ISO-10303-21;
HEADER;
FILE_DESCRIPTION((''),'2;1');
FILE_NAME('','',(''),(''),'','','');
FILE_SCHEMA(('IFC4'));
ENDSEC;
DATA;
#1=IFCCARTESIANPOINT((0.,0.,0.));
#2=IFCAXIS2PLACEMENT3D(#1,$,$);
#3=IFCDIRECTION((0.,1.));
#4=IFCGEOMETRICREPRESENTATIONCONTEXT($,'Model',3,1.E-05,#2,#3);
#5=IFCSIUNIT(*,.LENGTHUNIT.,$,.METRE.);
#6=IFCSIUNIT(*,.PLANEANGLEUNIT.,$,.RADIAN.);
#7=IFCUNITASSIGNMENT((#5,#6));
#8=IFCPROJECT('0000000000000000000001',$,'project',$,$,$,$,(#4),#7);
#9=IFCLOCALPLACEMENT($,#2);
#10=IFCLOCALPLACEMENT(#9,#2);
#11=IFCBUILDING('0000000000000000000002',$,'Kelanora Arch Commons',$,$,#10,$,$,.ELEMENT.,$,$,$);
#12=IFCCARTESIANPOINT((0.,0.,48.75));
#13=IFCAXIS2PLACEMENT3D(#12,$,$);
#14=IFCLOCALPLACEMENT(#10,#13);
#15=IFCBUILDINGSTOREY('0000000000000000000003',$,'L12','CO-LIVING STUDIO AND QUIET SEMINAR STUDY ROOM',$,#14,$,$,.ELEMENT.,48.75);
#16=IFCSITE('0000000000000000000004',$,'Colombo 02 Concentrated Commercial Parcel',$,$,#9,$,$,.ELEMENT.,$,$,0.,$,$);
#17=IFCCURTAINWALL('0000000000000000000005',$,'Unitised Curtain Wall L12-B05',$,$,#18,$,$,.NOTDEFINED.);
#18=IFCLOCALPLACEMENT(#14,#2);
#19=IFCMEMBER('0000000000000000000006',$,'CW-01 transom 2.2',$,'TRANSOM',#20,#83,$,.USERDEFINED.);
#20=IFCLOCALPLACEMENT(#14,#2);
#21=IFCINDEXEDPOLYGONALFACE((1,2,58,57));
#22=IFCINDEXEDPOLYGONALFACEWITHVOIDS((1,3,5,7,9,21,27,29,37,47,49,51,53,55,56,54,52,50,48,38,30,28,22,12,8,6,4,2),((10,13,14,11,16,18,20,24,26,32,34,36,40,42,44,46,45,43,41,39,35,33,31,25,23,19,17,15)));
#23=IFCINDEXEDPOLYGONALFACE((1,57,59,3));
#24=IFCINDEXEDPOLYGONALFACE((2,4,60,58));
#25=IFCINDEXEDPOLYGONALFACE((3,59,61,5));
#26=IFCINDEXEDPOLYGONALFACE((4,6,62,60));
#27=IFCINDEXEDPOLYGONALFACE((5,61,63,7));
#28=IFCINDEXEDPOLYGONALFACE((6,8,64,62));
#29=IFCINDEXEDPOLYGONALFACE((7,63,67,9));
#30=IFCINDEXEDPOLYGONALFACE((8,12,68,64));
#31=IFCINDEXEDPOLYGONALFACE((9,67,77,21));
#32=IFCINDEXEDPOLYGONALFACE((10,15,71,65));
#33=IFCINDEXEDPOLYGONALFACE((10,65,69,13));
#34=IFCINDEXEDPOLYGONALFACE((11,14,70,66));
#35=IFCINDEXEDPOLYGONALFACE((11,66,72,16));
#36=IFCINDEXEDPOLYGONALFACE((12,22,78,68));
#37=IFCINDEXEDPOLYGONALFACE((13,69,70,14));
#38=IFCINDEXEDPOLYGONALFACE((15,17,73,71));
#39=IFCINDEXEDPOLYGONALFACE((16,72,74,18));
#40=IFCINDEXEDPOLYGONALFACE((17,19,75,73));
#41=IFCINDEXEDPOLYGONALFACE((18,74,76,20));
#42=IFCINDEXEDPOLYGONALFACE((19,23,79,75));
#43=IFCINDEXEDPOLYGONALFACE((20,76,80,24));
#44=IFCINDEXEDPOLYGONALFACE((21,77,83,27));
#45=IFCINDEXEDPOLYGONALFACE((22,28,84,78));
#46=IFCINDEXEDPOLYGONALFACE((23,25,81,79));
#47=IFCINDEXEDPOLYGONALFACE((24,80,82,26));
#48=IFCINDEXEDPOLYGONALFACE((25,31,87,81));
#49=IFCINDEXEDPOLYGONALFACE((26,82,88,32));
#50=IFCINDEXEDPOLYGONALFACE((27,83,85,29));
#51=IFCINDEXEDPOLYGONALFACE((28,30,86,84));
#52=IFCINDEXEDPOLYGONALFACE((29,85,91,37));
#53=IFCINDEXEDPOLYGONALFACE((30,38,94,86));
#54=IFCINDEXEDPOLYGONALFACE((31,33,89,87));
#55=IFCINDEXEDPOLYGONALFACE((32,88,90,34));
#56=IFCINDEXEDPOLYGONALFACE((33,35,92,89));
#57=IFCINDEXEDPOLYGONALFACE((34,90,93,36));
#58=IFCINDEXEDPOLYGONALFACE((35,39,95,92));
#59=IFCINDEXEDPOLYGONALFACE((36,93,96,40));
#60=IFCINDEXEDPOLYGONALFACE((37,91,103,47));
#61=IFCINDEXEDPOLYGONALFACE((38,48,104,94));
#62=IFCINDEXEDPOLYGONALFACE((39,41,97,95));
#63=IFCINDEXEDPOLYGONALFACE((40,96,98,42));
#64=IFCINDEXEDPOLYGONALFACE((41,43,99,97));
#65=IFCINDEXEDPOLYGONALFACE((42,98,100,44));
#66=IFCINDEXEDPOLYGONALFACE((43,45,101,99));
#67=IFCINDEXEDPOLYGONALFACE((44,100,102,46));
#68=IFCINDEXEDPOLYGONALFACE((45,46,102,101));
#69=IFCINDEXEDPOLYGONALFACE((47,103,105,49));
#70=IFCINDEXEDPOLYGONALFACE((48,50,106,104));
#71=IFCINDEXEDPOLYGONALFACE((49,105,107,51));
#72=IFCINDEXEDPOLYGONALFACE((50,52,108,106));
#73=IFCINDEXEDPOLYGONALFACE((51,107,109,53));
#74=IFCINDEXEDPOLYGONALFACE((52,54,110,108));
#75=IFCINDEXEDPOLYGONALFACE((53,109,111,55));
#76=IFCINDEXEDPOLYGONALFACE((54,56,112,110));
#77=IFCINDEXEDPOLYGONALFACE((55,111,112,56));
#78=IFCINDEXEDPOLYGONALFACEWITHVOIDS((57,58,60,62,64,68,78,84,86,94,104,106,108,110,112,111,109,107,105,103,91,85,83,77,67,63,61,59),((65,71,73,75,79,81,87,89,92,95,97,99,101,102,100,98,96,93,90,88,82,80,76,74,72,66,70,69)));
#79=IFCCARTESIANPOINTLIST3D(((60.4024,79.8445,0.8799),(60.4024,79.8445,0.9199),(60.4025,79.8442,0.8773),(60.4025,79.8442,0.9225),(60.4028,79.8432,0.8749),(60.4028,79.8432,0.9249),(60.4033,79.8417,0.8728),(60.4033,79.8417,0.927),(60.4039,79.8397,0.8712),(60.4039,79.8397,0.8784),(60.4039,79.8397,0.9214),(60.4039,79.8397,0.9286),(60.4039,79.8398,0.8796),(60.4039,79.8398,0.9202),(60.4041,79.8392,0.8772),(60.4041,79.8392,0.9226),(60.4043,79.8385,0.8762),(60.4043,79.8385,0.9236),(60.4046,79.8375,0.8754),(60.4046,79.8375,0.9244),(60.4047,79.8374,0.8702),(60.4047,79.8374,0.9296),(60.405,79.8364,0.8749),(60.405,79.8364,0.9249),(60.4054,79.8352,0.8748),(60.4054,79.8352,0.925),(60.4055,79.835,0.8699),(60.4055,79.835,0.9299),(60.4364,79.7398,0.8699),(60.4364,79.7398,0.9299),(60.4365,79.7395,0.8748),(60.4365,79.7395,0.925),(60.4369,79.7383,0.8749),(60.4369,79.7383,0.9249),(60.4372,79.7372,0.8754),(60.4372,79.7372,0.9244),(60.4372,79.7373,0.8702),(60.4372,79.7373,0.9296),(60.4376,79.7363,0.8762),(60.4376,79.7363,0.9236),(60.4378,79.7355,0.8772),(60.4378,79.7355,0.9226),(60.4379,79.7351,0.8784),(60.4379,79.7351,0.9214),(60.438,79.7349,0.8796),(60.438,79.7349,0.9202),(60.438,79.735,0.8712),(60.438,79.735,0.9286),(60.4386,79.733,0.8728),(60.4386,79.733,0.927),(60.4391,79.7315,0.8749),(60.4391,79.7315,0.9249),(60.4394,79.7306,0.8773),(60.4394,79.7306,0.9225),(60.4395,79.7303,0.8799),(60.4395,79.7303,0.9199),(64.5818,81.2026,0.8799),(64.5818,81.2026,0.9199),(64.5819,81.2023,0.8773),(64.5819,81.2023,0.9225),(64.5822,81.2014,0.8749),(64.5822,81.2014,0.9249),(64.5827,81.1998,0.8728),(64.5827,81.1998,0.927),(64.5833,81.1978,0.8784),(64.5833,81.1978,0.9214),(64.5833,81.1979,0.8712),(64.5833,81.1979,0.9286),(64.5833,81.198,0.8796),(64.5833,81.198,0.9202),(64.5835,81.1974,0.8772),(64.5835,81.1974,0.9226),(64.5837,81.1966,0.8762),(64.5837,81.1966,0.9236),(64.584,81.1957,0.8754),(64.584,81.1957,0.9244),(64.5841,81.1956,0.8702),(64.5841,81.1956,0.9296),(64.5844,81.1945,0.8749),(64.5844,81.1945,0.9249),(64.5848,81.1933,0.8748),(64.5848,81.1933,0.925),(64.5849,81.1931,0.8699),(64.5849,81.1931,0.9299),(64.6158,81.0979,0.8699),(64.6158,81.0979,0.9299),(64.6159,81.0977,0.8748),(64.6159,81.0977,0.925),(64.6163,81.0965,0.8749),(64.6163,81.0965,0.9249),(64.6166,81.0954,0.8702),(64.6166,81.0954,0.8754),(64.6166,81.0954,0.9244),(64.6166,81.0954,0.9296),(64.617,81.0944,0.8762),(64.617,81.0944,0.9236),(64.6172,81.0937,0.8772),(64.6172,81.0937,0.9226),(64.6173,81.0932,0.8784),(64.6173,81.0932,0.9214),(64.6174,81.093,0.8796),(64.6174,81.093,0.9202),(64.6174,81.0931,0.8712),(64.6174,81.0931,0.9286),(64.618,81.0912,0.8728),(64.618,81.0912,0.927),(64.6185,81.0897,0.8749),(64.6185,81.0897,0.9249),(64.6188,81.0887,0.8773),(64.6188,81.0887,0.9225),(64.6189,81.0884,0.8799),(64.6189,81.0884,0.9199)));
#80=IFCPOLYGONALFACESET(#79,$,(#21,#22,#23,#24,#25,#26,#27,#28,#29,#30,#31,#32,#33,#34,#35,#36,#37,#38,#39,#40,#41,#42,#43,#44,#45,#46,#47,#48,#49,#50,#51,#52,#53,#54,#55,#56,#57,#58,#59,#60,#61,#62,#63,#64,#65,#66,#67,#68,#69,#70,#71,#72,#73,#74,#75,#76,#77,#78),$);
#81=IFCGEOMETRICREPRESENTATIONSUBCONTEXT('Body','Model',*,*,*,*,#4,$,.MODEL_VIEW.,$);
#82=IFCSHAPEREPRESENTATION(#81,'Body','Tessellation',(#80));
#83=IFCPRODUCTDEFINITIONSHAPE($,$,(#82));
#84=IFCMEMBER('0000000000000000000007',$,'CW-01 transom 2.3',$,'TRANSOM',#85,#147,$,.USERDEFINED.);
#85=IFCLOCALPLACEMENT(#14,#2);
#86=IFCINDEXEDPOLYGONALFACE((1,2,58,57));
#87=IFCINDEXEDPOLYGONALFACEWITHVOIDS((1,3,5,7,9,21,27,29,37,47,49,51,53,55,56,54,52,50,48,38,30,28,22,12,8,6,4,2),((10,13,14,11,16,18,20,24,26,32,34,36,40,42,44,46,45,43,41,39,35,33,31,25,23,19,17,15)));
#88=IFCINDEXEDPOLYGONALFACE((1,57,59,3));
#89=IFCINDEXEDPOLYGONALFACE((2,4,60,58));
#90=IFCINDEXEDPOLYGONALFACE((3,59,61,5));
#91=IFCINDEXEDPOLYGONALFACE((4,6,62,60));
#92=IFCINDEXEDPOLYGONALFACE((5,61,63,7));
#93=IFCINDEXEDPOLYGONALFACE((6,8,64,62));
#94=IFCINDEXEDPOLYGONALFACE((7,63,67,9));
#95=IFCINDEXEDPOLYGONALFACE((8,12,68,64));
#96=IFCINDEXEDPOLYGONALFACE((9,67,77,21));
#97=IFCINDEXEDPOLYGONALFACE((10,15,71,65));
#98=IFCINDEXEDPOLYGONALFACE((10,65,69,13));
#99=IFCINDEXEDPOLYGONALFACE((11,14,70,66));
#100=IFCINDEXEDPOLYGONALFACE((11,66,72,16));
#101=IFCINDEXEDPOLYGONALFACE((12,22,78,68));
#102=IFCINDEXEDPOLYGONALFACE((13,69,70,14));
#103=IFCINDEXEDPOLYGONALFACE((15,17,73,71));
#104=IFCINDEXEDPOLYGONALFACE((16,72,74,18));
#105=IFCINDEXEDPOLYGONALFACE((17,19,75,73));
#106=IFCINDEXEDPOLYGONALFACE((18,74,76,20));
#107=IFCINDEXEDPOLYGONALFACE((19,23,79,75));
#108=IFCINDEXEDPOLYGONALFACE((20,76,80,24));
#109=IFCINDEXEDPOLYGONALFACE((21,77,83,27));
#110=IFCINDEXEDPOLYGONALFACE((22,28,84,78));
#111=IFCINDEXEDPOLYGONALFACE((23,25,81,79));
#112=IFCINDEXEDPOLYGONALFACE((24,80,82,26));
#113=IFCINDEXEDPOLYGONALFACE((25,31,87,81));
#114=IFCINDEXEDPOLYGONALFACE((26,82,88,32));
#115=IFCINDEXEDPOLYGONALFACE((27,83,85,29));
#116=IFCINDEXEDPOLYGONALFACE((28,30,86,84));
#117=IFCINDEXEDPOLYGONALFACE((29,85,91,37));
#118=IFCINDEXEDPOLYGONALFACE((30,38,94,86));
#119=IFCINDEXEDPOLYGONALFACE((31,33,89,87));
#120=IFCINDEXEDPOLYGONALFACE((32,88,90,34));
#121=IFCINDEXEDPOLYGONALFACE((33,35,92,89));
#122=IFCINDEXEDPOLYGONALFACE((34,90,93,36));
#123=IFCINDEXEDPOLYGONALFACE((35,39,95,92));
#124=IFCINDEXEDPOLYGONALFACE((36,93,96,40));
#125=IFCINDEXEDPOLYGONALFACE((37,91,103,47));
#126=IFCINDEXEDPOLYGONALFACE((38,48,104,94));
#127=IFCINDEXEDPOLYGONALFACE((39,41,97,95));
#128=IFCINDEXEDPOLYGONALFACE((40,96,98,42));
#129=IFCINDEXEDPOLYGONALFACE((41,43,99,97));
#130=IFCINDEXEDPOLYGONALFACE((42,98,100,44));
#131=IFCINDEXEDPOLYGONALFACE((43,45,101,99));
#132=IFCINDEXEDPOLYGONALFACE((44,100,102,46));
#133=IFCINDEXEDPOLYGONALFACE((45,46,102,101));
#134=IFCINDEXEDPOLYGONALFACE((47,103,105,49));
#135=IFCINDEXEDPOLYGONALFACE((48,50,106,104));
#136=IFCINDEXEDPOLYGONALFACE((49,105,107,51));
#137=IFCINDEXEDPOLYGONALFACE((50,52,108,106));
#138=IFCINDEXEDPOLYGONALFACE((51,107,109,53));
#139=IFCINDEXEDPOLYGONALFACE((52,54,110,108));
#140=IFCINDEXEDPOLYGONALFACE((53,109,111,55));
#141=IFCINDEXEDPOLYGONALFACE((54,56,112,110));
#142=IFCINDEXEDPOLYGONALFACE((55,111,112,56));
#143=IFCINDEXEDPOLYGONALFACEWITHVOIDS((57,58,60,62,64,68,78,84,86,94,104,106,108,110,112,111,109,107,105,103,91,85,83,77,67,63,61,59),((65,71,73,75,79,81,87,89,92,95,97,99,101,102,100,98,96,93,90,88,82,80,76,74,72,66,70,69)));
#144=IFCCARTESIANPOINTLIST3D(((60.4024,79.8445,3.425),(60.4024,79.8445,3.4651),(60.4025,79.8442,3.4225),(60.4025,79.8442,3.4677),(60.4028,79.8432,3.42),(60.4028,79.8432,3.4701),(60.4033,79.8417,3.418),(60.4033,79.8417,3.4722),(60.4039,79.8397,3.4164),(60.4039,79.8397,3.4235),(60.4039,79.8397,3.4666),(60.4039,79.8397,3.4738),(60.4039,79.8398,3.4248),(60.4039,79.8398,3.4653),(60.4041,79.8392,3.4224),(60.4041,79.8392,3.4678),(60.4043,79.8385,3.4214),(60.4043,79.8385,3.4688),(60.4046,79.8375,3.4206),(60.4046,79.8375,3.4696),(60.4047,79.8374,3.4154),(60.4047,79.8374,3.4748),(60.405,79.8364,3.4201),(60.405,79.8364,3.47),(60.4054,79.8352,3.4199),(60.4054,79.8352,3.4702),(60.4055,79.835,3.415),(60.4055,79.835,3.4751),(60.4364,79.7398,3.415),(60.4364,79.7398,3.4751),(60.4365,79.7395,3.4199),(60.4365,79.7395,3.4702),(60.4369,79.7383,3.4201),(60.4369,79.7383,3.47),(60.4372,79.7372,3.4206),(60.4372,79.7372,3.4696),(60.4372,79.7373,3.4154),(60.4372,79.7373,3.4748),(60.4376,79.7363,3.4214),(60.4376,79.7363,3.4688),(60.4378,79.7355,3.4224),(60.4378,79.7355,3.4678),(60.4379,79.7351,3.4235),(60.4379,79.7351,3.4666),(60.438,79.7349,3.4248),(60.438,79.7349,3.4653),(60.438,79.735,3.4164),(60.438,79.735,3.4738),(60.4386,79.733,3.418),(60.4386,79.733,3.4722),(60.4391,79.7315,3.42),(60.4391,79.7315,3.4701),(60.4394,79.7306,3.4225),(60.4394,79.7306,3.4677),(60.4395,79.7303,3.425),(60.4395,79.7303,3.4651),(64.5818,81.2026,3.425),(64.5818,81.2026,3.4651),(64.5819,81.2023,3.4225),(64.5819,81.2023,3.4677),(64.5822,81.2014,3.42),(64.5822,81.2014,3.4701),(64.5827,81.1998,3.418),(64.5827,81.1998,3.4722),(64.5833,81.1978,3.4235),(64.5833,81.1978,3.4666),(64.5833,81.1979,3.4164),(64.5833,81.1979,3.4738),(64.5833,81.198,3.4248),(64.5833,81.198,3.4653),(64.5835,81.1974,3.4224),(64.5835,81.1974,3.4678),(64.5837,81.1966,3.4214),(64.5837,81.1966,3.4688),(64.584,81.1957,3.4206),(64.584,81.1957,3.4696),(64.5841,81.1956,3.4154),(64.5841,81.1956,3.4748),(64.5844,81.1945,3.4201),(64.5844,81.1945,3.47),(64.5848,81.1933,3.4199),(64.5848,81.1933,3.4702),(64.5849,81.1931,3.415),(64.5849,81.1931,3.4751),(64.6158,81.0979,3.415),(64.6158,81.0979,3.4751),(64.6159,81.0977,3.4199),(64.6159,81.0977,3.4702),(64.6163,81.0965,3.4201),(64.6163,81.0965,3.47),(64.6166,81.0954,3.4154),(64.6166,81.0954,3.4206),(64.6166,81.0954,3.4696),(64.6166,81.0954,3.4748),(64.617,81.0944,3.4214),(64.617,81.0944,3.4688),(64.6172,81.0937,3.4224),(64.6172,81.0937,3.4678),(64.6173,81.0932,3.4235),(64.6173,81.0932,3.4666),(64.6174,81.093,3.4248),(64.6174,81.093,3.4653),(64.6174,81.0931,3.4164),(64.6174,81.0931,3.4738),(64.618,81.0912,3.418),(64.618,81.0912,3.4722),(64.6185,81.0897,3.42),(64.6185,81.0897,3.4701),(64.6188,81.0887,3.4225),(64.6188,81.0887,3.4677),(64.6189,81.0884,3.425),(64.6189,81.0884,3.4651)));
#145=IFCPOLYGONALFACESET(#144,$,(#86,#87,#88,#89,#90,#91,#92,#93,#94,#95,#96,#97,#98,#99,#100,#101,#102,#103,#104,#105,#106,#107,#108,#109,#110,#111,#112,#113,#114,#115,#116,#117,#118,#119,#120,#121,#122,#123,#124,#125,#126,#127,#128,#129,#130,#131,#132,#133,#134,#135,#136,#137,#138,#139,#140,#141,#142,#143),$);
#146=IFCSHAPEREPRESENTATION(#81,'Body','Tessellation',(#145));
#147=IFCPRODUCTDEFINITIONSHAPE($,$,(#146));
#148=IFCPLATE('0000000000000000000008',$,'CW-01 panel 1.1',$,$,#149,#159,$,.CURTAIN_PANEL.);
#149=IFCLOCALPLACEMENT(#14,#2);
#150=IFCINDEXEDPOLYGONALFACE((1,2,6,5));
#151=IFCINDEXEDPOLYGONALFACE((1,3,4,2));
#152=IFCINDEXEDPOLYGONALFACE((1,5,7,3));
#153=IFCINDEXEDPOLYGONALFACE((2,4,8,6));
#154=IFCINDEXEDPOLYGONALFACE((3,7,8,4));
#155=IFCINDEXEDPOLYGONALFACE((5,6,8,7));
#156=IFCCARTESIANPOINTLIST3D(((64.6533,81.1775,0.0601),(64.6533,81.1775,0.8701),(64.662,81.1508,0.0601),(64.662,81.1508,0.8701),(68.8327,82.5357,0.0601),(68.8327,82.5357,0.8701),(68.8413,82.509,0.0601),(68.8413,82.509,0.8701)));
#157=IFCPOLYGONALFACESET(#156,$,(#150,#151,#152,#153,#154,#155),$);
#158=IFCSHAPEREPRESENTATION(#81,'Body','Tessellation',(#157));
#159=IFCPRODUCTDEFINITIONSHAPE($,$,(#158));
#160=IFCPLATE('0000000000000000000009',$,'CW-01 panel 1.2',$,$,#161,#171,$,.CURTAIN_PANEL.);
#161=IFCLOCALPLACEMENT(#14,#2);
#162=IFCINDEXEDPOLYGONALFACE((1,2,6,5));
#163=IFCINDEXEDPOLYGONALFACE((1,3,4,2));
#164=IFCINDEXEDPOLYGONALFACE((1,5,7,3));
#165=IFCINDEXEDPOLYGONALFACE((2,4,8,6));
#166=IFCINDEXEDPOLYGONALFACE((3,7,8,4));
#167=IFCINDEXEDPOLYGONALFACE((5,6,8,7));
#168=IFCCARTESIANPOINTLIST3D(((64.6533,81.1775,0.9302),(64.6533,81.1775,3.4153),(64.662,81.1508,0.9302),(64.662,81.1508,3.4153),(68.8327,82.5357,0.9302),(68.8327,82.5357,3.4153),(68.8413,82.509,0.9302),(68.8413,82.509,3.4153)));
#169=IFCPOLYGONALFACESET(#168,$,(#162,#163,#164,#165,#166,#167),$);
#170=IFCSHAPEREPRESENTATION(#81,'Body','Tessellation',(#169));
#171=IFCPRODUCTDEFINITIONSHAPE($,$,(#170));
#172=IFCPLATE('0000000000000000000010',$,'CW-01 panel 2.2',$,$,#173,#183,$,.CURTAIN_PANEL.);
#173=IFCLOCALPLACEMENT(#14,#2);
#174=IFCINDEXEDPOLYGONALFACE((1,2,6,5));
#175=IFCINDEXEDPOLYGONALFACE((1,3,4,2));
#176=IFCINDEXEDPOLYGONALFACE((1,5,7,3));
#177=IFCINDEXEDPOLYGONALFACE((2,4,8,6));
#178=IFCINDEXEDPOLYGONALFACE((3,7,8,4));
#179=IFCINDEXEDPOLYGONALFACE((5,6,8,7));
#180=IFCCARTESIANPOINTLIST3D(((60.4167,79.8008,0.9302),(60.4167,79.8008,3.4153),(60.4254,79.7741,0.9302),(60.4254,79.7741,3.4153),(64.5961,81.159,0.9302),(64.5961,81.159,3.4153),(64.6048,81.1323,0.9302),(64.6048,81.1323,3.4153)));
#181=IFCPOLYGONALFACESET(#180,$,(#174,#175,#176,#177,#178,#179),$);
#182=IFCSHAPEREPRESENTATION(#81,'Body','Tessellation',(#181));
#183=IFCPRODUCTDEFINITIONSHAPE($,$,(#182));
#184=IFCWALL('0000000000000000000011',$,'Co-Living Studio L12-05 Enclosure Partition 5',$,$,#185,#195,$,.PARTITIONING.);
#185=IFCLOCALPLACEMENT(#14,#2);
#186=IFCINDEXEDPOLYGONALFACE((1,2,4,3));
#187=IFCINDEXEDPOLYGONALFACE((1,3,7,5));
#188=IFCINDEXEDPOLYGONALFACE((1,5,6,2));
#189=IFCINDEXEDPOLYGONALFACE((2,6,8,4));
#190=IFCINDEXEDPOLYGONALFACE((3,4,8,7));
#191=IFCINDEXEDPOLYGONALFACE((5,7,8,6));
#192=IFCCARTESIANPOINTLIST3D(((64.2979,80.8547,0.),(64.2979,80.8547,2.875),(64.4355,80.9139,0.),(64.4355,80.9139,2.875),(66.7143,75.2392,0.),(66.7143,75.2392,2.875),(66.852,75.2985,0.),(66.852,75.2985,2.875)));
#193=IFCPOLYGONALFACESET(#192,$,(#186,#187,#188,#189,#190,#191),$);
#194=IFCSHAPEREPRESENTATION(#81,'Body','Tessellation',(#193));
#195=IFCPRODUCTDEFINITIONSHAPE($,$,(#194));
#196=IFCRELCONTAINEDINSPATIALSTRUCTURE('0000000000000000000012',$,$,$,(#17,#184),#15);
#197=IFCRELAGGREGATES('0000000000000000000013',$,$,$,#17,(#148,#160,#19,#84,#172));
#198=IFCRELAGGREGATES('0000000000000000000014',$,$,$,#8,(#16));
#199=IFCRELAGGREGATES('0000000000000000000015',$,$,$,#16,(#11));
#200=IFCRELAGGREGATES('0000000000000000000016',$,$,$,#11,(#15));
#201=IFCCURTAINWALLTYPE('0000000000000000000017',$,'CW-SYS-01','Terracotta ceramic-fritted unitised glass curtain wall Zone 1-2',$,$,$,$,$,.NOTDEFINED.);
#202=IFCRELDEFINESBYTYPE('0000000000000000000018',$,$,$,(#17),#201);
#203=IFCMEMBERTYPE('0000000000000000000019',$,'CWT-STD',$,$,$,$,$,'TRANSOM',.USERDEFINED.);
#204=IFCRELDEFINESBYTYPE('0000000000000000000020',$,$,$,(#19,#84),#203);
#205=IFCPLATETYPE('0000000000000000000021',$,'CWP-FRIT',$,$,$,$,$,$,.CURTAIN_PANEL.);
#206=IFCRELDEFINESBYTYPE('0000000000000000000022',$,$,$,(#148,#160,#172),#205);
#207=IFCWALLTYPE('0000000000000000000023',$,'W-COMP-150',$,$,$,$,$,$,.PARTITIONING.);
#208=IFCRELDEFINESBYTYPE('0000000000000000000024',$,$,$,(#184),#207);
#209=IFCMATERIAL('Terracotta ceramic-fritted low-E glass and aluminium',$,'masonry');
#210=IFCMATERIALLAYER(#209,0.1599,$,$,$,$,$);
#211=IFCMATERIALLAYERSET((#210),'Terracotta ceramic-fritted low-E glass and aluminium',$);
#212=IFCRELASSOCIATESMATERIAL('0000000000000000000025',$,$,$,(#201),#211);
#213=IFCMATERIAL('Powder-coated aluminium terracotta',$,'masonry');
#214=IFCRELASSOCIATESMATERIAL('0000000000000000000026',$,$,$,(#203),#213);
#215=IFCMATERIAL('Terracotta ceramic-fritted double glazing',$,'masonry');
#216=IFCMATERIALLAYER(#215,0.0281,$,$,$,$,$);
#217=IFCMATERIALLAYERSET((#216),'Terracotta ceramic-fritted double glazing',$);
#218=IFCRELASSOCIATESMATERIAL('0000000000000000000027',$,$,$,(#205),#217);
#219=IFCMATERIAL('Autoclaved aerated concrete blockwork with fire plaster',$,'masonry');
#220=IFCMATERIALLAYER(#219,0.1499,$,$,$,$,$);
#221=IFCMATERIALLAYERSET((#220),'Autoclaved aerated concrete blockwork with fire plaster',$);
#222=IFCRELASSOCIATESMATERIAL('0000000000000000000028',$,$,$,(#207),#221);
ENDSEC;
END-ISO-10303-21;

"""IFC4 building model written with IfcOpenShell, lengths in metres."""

from ifc_helpers import new_model, si_unit, direction, frame, frame_2d, origin, origin_2d, place, context, subcontext, project, spatial, rectangle, hollow_rectangle, extrude, source, transform, mapped, material, layer, layer_set, material_profile, profile_set, type_object, element, aggregate, save


model = new_model("IFC4")

# Units and contexts
model_context = context("Model", 3, precision=1e-05, world=origin(), true_north=direction((0.0, 1.0)))
body_context = subcontext(model_context, "Body", "Model", "MODEL_VIEW")
ifc_project = project(units=[si_unit("LENGTHUNIT", "METRE"), si_unit("PLANEANGLEUNIT", "RADIAN")], contexts=[model_context])

# Site, building, storey
site_placement = place(None, origin())
site = spatial("IfcSite", under=ifc_project, at=site_placement, Name="Colombo 02 Concentrated Commercial Parcel", CompositionType="ELEMENT", RefElevation=0.0)
building_placement = place(site_placement, origin())
building = spatial("IfcBuilding", under=site, at=building_placement, Name="Kelanora Arch Commons", CompositionType="ELEMENT")
storey_placement = place(building_placement, frame((0.0, 0.0, 48.75)))
storey = spatial("IfcBuildingStorey", under=building, at=storey_placement, Name="L12", Description="CO-LIVING STUDIO AND QUIET SEMINAR STUDY ROOM", CompositionType="ELEMENT", Elevation=48.75)

# Curtain wall, members, plates
ifc_material_1 = material(Name="Terracotta ceramic-fritted low-E glass and aluminium", Category="masonry")
ifc_layer_1 = layer(ifc_material_1, 0.1599)
ifc_layer_set_1 = layer_set([ifc_layer_1], Name="Terracotta ceramic-fritted low-E glass and aluminium")
curtain_wall_type = type_object("IfcCurtainWallType", Name="CW-SYS-01", Description="Terracotta ceramic-fritted unitised glass curtain wall Zone 1-2", PredefinedType="NOTDEFINED", material=ifc_layer_set_1)
curtain_wall_placement = place(storey_placement, origin())
curtain_wall = element("IfcCurtainWall", 1, at=curtain_wall_placement, inside=storey, type_object=curtain_wall_type, Name="Unitised Curtain Wall L12-B05", PredefinedType="NOTDEFINED")
ifc_material_2 = material(Name="Powder-coated aluminium terracotta", Category="masonry")
ifc_material_profile_1 = material_profile(ifc_material_2, hollow_rectangle(XDim=0.1201, YDim=0.0601, WallThickness=0.0049, InnerFilletRadius=0.0049, OuterFilletRadius=0.01, at=origin_2d()), Name="CWT120x60")
ifc_profile_set_1 = profile_set([ifc_material_profile_1], Name="Powder-coated aluminium terracotta")
member_type_1 = type_object("IfcMemberType", Name="CWT-STD", ElementType="TRANSOM", PredefinedType="USERDEFINED", material=ifc_profile_set_1)
member_1_placement = place(storey_placement, frame((64.6003, 81.1455, 0.8999), z_axis=(-0.951045, -0.309052, 0.0), x_axis=(0.309052, -0.951045, 0.0)))
member_1 = element("IfcMember", 2, at=member_1_placement, type_object=member_type_1, Name="CW-01 transom 2.2", ObjectType="TRANSOM", PredefinedType="USERDEFINED", context=body_context, shape_type="SweptSolid", body=[
    extrude(hollow_rectangle(XDim=0.1201, YDim=0.0601, WallThickness=0.0049, InnerFilletRadius=0.0049, OuterFilletRadius=0.01, at=origin_2d()), origin(), (0.0, 0.0, 1.0), 4.3945),
])
member_2_placement = place(storey_placement, frame((64.6003, 81.1455, 3.4451), z_axis=(-0.951045, -0.309052, 0.0), x_axis=(0.309052, -0.951045, 0.0)))
member_2 = element("IfcMember", 3, at=member_2_placement, type_object=member_type_1, Name="CW-01 transom 2.3", ObjectType="TRANSOM", PredefinedType="USERDEFINED", context=body_context, shape_type="SweptSolid", body=[
    extrude(hollow_rectangle(XDim=0.1201, YDim=0.0601, WallThickness=0.0049, InnerFilletRadius=0.0049, OuterFilletRadius=0.01, at=origin_2d()), origin(), (0.0, 0.0, 1.0), 4.3945),
])
ifc_material_3 = material(Name="Terracotta ceramic-fritted double glazing", Category="masonry")
ifc_layer_2 = layer(ifc_material_3, 0.0281)
ifc_layer_set_2 = layer_set([ifc_layer_2], Name="Terracotta ceramic-fritted double glazing")
plate_type = type_object("IfcPlateType", Name="CWP-FRIT", PredefinedType="CURTAIN_PANEL", material=ifc_layer_set_2)
shared_shape_1 = source(origin(), body_context, "Body", "SweptSolid", [
    extrude(rectangle(XDim=4.3945, YDim=0.0281, at=origin_2d()), origin(), (0.0, 0.0, 1.0), 0.8101),
])
plate_1_placement = place(storey_placement, frame((66.7473, 81.8433, 0.0601), z_axis=(0.0, 0.0, 1.0), x_axis=(-0.951043, -0.309058, 0.0)))
plate_1 = element("IfcPlate", 4, at=plate_1_placement, type_object=plate_type, Name="CW-01 panel 1.1", PredefinedType="CURTAIN_PANEL", context=body_context, shape_type="MappedRepresentation", body=[
    mapped(shared_shape_1, transform((0.0, 0.0, 0.0), scale=1.0)),
])
shared_shape_2 = source(origin(), body_context, "Body", "SweptSolid", [
    extrude(rectangle(XDim=4.3945, YDim=0.0281, at=origin_2d()), origin(), (0.0, 0.0, 1.0), 2.4851),
])
plate_2_placement = place(storey_placement, frame((66.7473, 81.8433, 0.9302), z_axis=(0.0, 0.0, 1.0), x_axis=(-0.951043, -0.309058, 0.0)))
plate_2 = element("IfcPlate", 5, at=plate_2_placement, type_object=plate_type, Name="CW-01 panel 1.2", PredefinedType="CURTAIN_PANEL", context=body_context, shape_type="MappedRepresentation", body=[
    mapped(shared_shape_2, transform((0.0, 0.0, 0.0), scale=1.0)),
])
plate_3_placement = place(storey_placement, frame((62.5107, 80.4666, 0.9302), z_axis=(0.0, 0.0, 1.0), x_axis=(-0.951043, -0.309058, 0.0)))
plate_3 = element("IfcPlate", 6, at=plate_3_placement, type_object=plate_type, Name="CW-01 panel 2.2", PredefinedType="CURTAIN_PANEL", context=body_context, shape_type="MappedRepresentation", body=[
    mapped(shared_shape_2, transform((0.0, 0.0, 0.0), scale=1.0)),
])
aggregate(curtain_wall, [plate_1, plate_2, member_1, member_2, plate_3])

# Wall
ifc_material_4 = material(Name="Autoclaved aerated concrete blockwork with fire plaster", Category="masonry")
ifc_layer_3 = layer(ifc_material_4, 0.1499)
ifc_layer_set_3 = layer_set([ifc_layer_3], Name="Autoclaved aerated concrete blockwork with fire plaster")
wall_type_1 = type_object("IfcWallType", Name="W-COMP-150", PredefinedType="PARTITIONING", material=ifc_layer_set_3)
wall_1_placement = place(storey_placement, frame((64.3667, 80.8843, 0.0), z_axis=(0.0, 0.0, 1.0), x_axis=(0.395283, -0.918559, 0.0)))
element("IfcWall", 7, at=wall_1_placement, inside=storey, type_object=wall_type_1, Name="Co-Living Studio L12-05 Enclosure Partition 5", PredefinedType="PARTITIONING", context=body_context, shape_type="SweptSolid", body=[
    extrude(rectangle(XDim=6.1133, YDim=0.1499, at=frame_2d((3.0566, 0.0))), origin(), (0.0, 0.0, 1.0), 2.875),
])

save(model, "model.ifc")
